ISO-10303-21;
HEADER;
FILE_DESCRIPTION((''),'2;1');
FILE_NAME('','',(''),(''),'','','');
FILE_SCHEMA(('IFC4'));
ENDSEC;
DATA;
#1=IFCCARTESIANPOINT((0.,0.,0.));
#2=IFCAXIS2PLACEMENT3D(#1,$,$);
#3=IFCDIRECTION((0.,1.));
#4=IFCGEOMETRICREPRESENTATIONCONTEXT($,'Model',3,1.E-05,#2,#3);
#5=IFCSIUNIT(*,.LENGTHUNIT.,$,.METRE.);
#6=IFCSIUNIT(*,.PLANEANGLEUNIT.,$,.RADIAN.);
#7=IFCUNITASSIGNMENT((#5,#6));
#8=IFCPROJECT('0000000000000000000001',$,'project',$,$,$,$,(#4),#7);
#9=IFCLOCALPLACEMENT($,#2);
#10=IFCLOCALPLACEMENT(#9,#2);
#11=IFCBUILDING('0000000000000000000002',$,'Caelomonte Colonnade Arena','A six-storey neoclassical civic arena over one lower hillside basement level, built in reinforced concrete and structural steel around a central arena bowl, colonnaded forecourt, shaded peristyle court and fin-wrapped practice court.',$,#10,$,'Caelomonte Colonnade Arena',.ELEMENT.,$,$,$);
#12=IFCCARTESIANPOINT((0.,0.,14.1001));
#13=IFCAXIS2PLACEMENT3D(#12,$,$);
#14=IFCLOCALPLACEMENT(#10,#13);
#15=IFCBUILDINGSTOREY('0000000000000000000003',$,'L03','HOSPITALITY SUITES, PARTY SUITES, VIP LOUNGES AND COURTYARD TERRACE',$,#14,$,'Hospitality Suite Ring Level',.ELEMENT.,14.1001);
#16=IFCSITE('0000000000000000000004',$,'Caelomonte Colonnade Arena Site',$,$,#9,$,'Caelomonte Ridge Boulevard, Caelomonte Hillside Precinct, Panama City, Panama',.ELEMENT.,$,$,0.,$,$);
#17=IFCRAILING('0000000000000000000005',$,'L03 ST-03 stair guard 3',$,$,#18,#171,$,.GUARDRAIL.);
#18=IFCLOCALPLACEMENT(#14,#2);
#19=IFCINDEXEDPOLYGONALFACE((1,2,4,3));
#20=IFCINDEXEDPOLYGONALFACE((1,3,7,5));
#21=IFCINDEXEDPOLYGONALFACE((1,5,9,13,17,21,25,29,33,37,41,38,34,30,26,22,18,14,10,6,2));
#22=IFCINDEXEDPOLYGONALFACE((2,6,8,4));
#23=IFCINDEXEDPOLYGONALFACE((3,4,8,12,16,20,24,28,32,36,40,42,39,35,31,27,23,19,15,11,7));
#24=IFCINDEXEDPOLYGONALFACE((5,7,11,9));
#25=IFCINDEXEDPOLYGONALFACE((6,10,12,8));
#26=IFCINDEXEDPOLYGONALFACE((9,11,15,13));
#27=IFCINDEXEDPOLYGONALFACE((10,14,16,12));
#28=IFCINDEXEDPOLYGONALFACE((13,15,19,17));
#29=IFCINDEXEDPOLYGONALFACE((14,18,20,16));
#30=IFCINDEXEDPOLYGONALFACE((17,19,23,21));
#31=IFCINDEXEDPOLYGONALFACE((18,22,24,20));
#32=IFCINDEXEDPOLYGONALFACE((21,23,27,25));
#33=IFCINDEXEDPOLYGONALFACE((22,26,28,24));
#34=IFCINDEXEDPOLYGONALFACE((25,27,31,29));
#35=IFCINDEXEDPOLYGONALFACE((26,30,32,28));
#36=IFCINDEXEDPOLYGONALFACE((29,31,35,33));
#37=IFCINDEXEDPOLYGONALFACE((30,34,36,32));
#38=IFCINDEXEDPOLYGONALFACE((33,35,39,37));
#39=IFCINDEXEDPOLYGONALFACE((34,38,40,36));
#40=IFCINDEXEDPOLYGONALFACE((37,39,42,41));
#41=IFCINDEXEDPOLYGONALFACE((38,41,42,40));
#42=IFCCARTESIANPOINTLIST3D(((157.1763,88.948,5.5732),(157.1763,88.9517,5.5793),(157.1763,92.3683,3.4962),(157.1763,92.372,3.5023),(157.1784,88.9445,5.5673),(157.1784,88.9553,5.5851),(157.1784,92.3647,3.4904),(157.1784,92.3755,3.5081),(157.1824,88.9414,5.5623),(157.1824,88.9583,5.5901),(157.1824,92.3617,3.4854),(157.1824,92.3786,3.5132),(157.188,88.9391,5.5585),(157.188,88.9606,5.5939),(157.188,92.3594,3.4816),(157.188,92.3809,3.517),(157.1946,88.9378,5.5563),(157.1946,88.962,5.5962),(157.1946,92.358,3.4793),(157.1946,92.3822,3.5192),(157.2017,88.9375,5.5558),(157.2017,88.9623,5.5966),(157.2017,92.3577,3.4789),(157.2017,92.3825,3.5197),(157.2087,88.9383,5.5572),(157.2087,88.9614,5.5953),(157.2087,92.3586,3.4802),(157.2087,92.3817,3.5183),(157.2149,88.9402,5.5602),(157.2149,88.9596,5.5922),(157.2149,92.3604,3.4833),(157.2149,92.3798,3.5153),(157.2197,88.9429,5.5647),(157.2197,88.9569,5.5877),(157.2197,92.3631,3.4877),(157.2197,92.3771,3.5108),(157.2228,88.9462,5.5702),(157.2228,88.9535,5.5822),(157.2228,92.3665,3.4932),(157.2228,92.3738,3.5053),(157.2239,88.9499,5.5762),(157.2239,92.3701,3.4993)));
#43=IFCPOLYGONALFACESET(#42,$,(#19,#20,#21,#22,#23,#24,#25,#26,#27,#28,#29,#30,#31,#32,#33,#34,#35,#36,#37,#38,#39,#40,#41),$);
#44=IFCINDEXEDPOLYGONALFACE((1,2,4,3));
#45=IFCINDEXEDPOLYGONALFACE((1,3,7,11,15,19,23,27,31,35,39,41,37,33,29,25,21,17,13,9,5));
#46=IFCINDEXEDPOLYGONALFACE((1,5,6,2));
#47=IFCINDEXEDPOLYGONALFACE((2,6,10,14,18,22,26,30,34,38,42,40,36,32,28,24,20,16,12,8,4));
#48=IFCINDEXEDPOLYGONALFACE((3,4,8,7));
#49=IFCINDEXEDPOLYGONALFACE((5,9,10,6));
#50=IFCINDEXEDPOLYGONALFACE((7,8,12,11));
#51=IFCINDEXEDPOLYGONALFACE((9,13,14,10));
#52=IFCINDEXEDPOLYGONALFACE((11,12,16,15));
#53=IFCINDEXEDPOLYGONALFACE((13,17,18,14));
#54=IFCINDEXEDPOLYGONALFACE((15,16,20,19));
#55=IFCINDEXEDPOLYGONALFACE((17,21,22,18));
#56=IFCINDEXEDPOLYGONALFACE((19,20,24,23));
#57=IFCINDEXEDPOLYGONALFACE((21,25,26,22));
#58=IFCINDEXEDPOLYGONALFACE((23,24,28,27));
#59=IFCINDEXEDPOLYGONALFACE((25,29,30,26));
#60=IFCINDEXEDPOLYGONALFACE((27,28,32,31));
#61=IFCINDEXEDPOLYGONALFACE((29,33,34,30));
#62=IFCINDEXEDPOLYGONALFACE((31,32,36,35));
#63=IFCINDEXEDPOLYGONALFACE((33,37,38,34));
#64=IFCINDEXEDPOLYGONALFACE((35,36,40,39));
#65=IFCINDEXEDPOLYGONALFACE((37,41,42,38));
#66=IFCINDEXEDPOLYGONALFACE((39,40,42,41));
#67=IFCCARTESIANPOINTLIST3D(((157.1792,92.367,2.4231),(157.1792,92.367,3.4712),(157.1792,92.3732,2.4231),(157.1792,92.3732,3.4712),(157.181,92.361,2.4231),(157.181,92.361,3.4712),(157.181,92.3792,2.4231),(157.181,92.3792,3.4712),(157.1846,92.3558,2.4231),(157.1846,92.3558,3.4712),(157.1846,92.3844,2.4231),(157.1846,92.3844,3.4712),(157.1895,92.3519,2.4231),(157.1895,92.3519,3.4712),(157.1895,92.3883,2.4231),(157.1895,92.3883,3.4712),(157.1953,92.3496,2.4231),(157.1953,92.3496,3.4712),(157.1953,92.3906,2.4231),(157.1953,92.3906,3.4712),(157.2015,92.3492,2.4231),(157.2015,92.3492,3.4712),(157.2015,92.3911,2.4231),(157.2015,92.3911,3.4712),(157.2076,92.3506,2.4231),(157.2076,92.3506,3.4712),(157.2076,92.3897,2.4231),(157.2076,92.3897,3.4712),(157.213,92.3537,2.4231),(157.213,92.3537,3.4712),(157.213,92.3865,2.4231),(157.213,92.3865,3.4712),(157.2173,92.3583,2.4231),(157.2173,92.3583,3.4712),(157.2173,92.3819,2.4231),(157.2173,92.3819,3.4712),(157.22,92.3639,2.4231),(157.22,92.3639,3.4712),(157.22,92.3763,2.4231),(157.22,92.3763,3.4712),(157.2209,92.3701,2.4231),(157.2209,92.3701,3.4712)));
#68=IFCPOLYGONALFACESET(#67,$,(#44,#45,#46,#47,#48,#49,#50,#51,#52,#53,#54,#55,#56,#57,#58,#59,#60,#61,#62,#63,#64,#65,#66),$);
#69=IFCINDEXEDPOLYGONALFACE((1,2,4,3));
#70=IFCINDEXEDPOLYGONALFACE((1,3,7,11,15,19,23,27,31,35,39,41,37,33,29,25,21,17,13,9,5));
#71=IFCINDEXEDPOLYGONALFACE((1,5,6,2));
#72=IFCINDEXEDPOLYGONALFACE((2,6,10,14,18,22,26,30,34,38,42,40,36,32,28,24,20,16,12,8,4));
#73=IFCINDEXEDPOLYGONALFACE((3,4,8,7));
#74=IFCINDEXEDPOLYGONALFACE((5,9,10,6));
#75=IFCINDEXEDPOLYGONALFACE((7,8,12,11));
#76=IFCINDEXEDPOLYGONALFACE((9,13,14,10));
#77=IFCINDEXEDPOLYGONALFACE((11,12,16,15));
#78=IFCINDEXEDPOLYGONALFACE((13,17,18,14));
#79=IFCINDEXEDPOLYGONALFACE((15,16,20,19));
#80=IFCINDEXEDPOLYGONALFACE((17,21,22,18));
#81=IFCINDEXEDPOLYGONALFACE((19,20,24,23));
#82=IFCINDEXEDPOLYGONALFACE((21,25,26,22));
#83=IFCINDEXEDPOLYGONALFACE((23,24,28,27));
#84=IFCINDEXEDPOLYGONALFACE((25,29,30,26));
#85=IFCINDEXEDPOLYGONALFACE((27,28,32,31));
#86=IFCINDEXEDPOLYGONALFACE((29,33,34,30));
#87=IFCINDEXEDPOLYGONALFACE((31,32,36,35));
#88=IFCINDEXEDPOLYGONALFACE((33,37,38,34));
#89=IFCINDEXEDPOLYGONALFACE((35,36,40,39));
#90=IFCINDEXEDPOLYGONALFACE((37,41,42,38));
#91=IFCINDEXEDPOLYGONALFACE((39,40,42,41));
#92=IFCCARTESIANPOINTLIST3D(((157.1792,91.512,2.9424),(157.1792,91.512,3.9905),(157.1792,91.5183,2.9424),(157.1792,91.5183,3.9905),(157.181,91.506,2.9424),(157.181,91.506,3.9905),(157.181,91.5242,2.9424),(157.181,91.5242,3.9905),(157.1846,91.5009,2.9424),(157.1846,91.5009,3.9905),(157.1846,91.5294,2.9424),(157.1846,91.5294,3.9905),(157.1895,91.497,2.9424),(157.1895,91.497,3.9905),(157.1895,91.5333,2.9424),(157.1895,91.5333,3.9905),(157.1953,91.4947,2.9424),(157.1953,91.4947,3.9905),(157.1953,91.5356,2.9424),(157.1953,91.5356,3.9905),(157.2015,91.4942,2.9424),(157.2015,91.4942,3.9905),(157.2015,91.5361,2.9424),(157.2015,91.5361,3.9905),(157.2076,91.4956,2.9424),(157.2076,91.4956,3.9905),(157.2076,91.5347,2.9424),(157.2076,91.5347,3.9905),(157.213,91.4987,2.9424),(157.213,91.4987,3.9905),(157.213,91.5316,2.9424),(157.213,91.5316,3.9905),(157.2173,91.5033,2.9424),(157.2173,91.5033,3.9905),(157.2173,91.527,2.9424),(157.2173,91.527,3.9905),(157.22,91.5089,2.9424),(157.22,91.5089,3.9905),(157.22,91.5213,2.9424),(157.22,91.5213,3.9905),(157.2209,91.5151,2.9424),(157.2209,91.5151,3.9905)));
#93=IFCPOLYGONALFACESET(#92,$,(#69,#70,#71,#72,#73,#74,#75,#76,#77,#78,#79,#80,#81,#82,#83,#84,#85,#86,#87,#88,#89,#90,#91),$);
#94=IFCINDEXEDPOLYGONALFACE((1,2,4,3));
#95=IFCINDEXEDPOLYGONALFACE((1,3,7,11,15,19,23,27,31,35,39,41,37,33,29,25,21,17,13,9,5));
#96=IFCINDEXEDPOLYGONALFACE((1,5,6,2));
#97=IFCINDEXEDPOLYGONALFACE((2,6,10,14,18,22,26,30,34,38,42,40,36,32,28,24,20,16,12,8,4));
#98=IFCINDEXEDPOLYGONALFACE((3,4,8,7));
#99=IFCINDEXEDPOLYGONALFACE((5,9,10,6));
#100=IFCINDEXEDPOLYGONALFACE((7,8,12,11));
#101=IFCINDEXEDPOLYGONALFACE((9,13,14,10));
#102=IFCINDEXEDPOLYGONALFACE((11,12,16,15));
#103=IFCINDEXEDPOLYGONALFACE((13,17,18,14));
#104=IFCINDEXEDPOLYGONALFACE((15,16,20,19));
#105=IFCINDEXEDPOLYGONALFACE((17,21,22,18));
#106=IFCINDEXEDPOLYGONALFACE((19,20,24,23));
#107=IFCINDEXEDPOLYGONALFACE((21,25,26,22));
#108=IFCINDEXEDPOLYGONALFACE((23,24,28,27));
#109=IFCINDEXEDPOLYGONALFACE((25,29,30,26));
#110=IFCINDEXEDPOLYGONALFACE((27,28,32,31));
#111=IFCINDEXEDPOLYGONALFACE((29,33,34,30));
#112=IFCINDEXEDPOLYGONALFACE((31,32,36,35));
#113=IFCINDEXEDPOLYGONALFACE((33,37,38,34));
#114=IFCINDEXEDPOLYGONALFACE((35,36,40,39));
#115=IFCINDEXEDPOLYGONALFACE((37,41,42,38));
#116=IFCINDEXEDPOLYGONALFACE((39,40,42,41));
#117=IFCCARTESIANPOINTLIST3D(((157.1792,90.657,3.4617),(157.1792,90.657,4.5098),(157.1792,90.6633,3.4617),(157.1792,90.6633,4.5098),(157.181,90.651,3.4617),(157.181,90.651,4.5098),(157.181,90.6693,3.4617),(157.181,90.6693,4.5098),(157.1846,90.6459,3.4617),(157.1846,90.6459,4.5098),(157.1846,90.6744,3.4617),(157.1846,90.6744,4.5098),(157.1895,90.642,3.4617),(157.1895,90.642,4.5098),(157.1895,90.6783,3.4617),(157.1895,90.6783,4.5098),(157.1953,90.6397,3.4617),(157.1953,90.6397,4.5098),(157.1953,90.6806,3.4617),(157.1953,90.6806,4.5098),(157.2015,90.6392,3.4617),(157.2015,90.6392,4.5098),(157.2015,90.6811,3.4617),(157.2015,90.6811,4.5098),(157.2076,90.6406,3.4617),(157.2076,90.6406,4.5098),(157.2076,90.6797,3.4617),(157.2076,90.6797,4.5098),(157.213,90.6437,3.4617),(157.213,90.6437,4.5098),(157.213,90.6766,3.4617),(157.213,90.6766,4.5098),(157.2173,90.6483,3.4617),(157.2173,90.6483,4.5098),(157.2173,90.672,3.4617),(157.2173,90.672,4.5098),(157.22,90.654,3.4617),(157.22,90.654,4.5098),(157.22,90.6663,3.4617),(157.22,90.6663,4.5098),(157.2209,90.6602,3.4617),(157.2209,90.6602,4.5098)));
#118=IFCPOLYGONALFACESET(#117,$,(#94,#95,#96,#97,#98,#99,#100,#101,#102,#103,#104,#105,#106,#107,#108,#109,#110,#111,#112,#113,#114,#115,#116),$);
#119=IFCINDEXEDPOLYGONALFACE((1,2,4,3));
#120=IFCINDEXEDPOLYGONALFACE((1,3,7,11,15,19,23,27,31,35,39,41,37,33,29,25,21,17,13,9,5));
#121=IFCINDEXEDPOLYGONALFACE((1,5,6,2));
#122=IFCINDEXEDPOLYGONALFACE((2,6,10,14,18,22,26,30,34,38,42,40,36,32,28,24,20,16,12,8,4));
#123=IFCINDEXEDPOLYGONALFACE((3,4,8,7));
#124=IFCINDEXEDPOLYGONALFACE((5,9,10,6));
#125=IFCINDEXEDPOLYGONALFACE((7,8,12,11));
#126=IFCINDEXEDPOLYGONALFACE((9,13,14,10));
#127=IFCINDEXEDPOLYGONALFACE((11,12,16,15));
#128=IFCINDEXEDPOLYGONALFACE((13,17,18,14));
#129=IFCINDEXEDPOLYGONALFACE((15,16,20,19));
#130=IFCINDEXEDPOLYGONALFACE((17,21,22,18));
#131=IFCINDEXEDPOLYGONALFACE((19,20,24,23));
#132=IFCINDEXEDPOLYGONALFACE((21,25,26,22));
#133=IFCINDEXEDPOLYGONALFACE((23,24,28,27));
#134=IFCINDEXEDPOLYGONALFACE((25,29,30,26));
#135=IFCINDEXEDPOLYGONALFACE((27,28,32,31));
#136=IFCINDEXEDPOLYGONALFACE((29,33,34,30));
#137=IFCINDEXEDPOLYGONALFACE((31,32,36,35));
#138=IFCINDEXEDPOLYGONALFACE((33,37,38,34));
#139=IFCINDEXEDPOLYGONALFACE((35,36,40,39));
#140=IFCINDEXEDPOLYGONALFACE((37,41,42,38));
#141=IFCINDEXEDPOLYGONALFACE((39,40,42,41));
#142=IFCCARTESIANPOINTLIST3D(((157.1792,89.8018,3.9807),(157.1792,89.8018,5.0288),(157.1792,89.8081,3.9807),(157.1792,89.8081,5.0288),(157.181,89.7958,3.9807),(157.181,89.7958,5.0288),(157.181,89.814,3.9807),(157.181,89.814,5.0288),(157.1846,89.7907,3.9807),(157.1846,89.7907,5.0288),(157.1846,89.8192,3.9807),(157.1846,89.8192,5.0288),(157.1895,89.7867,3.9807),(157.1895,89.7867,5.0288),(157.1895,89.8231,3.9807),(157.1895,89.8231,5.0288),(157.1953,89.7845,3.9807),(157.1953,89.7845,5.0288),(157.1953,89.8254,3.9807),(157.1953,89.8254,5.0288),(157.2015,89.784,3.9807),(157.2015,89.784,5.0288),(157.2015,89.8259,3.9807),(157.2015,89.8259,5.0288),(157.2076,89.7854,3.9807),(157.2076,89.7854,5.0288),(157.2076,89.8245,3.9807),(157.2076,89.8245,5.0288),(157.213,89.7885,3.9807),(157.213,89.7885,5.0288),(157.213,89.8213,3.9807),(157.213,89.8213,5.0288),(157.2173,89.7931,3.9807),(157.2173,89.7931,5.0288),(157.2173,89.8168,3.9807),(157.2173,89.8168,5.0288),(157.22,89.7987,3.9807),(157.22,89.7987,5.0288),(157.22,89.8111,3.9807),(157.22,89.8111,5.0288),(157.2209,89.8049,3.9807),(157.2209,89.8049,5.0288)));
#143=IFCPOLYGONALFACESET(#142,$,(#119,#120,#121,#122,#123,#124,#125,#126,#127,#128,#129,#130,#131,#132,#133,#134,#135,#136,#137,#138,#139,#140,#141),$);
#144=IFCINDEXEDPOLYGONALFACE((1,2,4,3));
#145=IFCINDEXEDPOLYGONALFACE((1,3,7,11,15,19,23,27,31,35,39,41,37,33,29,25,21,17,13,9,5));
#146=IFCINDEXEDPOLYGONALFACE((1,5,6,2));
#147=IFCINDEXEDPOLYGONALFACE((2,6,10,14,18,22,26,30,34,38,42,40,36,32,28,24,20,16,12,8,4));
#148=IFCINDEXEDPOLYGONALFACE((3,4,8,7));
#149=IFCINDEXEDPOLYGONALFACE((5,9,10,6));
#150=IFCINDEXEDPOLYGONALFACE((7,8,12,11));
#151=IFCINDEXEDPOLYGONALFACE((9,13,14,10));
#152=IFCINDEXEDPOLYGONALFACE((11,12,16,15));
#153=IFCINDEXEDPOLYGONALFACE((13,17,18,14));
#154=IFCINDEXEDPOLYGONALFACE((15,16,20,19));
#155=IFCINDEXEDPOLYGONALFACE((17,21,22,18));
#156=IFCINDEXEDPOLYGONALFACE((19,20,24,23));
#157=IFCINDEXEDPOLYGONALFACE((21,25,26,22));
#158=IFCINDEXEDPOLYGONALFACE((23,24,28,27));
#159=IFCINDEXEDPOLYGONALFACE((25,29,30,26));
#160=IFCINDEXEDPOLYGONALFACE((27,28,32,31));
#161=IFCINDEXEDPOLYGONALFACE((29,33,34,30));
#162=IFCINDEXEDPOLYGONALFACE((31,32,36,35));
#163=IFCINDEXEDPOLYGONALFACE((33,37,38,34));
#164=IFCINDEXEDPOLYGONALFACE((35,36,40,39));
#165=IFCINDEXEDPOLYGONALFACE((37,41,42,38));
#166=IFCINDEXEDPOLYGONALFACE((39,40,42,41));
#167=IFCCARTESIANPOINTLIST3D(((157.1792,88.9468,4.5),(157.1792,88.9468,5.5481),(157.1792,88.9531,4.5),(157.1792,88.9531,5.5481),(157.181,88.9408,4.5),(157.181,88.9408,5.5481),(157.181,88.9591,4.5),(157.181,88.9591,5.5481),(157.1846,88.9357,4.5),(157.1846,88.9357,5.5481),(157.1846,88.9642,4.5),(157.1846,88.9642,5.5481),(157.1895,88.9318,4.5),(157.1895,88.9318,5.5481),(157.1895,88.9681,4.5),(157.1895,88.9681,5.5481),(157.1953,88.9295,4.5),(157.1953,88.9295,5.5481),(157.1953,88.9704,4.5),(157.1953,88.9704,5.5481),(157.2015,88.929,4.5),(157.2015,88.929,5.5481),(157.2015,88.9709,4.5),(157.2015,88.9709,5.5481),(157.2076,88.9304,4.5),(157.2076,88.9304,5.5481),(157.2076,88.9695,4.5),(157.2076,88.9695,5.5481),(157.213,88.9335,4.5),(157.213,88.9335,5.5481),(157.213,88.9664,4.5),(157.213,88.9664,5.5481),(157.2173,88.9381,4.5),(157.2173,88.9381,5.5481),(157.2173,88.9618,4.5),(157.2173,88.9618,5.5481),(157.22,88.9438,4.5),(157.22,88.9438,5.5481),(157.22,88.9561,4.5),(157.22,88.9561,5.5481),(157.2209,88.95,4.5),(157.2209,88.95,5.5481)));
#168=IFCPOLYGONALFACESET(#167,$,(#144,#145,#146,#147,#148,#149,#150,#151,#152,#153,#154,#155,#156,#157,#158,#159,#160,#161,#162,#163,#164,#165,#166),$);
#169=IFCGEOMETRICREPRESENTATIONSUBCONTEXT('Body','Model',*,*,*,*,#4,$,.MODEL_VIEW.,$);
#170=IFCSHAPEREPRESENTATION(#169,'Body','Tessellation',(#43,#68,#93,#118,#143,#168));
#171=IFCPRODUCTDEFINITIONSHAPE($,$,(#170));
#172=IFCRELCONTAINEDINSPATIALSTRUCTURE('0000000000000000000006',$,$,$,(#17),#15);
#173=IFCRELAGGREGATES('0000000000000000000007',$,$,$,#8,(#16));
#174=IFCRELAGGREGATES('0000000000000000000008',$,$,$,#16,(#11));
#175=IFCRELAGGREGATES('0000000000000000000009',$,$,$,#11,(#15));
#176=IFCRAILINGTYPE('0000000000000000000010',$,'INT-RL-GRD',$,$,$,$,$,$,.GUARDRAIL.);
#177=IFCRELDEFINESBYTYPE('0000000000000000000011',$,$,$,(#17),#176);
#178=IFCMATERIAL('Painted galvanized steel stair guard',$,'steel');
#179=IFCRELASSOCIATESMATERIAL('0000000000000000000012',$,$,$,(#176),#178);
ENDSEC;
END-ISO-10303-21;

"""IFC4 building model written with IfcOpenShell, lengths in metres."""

from ifc_helpers import new_model, si_unit, direction, frame, origin, origin_2d, place, context, subcontext, project, spatial, circle, extrude, material, type_object, element, save


model = new_model("IFC4")

# Units and contexts
model_context = context("Model", 3, precision=1e-05, world=origin(), true_north=direction((0.0, 1.0)))
body_context = subcontext(model_context, "Body", "Model", "MODEL_VIEW")
ifc_project = project(units=[si_unit("LENGTHUNIT", "METRE"), si_unit("PLANEANGLEUNIT", "RADIAN")], contexts=[model_context])

# Site, building, storey
site_placement = place(None, origin())
site = spatial("IfcSite", under=ifc_project, at=site_placement, Name="Caelomonte Colonnade Arena Site", LongName="Caelomonte Ridge Boulevard, Caelomonte Hillside Precinct, Panama City, Panama", CompositionType="ELEMENT", RefElevation=0.0)
building_placement = place(site_placement, origin())
building = spatial("IfcBuilding", under=site, at=building_placement, Name="Caelomonte Colonnade Arena", Description="A six-storey neoclassical civic arena over one lower hillside basement level, built in reinforced concrete and structural steel around a central arena bowl, colonnaded forecourt, shaded peristyle court and fin-wrapped practice court.", LongName="Caelomonte Colonnade Arena", CompositionType="ELEMENT")
storey_placement = place(building_placement, frame((0.0, 0.0, 14.1001)))
storey = spatial("IfcBuildingStorey", under=building, at=storey_placement, Name="L03", Description="HOSPITALITY SUITES, PARTY SUITES, VIP LOUNGES AND COURTYARD TERRACE", LongName="Hospitality Suite Ring Level", CompositionType="ELEMENT", Elevation=14.1001)

# Railing
ifc_material_1 = material(Name="Painted galvanized steel stair guard", Category="steel")
railing_type_1 = type_object("IfcRailingType", Name="INT-RL-GRD", PredefinedType="GUARDRAIL", material=ifc_material_1)
railing_1_placement = place(storey_placement, frame((157.2, 92.3701, 2.4231)))
element("IfcRailing", 1, at=railing_1_placement, inside=storey, type_object=railing_type_1, Name="L03 ST-03 stair guard 3", PredefinedType="GUARDRAIL", context=body_context, shape_type="SweptSolid", body=[
    extrude(circle(Radius=0.0239, at=origin_2d()), frame((0.0, 0.0, 1.0762), z_axis=(0.0, -0.854746, 0.519047), x_axis=(1.0, 0.0, 0.0)), (0.0, 0.0, 1.0), 4.0015),
    extrude(circle(Radius=0.021, at=origin_2d()), origin(), (0.0, 0.0, 1.0), 1.0481),
    extrude(circle(Radius=0.021, at=origin_2d()), frame((0.0, -0.855, 0.5193)), (0.0, 0.0, 1.0), 1.0481),
    extrude(circle(Radius=0.021, at=origin_2d()), frame((0.0, -1.71, 1.0386)), (0.0, 0.0, 1.0), 1.0481),
    extrude(circle(Radius=0.021, at=origin_2d()), frame((0.0, -2.5652, 1.5576)), (0.0, 0.0, 1.0), 1.0481),
    extrude(circle(Radius=0.021, at=origin_2d()), frame((0.0, -3.4202, 2.0769)), (0.0, 0.0, 1.0), 1.0481),
])

save(model, "model.ifc")
